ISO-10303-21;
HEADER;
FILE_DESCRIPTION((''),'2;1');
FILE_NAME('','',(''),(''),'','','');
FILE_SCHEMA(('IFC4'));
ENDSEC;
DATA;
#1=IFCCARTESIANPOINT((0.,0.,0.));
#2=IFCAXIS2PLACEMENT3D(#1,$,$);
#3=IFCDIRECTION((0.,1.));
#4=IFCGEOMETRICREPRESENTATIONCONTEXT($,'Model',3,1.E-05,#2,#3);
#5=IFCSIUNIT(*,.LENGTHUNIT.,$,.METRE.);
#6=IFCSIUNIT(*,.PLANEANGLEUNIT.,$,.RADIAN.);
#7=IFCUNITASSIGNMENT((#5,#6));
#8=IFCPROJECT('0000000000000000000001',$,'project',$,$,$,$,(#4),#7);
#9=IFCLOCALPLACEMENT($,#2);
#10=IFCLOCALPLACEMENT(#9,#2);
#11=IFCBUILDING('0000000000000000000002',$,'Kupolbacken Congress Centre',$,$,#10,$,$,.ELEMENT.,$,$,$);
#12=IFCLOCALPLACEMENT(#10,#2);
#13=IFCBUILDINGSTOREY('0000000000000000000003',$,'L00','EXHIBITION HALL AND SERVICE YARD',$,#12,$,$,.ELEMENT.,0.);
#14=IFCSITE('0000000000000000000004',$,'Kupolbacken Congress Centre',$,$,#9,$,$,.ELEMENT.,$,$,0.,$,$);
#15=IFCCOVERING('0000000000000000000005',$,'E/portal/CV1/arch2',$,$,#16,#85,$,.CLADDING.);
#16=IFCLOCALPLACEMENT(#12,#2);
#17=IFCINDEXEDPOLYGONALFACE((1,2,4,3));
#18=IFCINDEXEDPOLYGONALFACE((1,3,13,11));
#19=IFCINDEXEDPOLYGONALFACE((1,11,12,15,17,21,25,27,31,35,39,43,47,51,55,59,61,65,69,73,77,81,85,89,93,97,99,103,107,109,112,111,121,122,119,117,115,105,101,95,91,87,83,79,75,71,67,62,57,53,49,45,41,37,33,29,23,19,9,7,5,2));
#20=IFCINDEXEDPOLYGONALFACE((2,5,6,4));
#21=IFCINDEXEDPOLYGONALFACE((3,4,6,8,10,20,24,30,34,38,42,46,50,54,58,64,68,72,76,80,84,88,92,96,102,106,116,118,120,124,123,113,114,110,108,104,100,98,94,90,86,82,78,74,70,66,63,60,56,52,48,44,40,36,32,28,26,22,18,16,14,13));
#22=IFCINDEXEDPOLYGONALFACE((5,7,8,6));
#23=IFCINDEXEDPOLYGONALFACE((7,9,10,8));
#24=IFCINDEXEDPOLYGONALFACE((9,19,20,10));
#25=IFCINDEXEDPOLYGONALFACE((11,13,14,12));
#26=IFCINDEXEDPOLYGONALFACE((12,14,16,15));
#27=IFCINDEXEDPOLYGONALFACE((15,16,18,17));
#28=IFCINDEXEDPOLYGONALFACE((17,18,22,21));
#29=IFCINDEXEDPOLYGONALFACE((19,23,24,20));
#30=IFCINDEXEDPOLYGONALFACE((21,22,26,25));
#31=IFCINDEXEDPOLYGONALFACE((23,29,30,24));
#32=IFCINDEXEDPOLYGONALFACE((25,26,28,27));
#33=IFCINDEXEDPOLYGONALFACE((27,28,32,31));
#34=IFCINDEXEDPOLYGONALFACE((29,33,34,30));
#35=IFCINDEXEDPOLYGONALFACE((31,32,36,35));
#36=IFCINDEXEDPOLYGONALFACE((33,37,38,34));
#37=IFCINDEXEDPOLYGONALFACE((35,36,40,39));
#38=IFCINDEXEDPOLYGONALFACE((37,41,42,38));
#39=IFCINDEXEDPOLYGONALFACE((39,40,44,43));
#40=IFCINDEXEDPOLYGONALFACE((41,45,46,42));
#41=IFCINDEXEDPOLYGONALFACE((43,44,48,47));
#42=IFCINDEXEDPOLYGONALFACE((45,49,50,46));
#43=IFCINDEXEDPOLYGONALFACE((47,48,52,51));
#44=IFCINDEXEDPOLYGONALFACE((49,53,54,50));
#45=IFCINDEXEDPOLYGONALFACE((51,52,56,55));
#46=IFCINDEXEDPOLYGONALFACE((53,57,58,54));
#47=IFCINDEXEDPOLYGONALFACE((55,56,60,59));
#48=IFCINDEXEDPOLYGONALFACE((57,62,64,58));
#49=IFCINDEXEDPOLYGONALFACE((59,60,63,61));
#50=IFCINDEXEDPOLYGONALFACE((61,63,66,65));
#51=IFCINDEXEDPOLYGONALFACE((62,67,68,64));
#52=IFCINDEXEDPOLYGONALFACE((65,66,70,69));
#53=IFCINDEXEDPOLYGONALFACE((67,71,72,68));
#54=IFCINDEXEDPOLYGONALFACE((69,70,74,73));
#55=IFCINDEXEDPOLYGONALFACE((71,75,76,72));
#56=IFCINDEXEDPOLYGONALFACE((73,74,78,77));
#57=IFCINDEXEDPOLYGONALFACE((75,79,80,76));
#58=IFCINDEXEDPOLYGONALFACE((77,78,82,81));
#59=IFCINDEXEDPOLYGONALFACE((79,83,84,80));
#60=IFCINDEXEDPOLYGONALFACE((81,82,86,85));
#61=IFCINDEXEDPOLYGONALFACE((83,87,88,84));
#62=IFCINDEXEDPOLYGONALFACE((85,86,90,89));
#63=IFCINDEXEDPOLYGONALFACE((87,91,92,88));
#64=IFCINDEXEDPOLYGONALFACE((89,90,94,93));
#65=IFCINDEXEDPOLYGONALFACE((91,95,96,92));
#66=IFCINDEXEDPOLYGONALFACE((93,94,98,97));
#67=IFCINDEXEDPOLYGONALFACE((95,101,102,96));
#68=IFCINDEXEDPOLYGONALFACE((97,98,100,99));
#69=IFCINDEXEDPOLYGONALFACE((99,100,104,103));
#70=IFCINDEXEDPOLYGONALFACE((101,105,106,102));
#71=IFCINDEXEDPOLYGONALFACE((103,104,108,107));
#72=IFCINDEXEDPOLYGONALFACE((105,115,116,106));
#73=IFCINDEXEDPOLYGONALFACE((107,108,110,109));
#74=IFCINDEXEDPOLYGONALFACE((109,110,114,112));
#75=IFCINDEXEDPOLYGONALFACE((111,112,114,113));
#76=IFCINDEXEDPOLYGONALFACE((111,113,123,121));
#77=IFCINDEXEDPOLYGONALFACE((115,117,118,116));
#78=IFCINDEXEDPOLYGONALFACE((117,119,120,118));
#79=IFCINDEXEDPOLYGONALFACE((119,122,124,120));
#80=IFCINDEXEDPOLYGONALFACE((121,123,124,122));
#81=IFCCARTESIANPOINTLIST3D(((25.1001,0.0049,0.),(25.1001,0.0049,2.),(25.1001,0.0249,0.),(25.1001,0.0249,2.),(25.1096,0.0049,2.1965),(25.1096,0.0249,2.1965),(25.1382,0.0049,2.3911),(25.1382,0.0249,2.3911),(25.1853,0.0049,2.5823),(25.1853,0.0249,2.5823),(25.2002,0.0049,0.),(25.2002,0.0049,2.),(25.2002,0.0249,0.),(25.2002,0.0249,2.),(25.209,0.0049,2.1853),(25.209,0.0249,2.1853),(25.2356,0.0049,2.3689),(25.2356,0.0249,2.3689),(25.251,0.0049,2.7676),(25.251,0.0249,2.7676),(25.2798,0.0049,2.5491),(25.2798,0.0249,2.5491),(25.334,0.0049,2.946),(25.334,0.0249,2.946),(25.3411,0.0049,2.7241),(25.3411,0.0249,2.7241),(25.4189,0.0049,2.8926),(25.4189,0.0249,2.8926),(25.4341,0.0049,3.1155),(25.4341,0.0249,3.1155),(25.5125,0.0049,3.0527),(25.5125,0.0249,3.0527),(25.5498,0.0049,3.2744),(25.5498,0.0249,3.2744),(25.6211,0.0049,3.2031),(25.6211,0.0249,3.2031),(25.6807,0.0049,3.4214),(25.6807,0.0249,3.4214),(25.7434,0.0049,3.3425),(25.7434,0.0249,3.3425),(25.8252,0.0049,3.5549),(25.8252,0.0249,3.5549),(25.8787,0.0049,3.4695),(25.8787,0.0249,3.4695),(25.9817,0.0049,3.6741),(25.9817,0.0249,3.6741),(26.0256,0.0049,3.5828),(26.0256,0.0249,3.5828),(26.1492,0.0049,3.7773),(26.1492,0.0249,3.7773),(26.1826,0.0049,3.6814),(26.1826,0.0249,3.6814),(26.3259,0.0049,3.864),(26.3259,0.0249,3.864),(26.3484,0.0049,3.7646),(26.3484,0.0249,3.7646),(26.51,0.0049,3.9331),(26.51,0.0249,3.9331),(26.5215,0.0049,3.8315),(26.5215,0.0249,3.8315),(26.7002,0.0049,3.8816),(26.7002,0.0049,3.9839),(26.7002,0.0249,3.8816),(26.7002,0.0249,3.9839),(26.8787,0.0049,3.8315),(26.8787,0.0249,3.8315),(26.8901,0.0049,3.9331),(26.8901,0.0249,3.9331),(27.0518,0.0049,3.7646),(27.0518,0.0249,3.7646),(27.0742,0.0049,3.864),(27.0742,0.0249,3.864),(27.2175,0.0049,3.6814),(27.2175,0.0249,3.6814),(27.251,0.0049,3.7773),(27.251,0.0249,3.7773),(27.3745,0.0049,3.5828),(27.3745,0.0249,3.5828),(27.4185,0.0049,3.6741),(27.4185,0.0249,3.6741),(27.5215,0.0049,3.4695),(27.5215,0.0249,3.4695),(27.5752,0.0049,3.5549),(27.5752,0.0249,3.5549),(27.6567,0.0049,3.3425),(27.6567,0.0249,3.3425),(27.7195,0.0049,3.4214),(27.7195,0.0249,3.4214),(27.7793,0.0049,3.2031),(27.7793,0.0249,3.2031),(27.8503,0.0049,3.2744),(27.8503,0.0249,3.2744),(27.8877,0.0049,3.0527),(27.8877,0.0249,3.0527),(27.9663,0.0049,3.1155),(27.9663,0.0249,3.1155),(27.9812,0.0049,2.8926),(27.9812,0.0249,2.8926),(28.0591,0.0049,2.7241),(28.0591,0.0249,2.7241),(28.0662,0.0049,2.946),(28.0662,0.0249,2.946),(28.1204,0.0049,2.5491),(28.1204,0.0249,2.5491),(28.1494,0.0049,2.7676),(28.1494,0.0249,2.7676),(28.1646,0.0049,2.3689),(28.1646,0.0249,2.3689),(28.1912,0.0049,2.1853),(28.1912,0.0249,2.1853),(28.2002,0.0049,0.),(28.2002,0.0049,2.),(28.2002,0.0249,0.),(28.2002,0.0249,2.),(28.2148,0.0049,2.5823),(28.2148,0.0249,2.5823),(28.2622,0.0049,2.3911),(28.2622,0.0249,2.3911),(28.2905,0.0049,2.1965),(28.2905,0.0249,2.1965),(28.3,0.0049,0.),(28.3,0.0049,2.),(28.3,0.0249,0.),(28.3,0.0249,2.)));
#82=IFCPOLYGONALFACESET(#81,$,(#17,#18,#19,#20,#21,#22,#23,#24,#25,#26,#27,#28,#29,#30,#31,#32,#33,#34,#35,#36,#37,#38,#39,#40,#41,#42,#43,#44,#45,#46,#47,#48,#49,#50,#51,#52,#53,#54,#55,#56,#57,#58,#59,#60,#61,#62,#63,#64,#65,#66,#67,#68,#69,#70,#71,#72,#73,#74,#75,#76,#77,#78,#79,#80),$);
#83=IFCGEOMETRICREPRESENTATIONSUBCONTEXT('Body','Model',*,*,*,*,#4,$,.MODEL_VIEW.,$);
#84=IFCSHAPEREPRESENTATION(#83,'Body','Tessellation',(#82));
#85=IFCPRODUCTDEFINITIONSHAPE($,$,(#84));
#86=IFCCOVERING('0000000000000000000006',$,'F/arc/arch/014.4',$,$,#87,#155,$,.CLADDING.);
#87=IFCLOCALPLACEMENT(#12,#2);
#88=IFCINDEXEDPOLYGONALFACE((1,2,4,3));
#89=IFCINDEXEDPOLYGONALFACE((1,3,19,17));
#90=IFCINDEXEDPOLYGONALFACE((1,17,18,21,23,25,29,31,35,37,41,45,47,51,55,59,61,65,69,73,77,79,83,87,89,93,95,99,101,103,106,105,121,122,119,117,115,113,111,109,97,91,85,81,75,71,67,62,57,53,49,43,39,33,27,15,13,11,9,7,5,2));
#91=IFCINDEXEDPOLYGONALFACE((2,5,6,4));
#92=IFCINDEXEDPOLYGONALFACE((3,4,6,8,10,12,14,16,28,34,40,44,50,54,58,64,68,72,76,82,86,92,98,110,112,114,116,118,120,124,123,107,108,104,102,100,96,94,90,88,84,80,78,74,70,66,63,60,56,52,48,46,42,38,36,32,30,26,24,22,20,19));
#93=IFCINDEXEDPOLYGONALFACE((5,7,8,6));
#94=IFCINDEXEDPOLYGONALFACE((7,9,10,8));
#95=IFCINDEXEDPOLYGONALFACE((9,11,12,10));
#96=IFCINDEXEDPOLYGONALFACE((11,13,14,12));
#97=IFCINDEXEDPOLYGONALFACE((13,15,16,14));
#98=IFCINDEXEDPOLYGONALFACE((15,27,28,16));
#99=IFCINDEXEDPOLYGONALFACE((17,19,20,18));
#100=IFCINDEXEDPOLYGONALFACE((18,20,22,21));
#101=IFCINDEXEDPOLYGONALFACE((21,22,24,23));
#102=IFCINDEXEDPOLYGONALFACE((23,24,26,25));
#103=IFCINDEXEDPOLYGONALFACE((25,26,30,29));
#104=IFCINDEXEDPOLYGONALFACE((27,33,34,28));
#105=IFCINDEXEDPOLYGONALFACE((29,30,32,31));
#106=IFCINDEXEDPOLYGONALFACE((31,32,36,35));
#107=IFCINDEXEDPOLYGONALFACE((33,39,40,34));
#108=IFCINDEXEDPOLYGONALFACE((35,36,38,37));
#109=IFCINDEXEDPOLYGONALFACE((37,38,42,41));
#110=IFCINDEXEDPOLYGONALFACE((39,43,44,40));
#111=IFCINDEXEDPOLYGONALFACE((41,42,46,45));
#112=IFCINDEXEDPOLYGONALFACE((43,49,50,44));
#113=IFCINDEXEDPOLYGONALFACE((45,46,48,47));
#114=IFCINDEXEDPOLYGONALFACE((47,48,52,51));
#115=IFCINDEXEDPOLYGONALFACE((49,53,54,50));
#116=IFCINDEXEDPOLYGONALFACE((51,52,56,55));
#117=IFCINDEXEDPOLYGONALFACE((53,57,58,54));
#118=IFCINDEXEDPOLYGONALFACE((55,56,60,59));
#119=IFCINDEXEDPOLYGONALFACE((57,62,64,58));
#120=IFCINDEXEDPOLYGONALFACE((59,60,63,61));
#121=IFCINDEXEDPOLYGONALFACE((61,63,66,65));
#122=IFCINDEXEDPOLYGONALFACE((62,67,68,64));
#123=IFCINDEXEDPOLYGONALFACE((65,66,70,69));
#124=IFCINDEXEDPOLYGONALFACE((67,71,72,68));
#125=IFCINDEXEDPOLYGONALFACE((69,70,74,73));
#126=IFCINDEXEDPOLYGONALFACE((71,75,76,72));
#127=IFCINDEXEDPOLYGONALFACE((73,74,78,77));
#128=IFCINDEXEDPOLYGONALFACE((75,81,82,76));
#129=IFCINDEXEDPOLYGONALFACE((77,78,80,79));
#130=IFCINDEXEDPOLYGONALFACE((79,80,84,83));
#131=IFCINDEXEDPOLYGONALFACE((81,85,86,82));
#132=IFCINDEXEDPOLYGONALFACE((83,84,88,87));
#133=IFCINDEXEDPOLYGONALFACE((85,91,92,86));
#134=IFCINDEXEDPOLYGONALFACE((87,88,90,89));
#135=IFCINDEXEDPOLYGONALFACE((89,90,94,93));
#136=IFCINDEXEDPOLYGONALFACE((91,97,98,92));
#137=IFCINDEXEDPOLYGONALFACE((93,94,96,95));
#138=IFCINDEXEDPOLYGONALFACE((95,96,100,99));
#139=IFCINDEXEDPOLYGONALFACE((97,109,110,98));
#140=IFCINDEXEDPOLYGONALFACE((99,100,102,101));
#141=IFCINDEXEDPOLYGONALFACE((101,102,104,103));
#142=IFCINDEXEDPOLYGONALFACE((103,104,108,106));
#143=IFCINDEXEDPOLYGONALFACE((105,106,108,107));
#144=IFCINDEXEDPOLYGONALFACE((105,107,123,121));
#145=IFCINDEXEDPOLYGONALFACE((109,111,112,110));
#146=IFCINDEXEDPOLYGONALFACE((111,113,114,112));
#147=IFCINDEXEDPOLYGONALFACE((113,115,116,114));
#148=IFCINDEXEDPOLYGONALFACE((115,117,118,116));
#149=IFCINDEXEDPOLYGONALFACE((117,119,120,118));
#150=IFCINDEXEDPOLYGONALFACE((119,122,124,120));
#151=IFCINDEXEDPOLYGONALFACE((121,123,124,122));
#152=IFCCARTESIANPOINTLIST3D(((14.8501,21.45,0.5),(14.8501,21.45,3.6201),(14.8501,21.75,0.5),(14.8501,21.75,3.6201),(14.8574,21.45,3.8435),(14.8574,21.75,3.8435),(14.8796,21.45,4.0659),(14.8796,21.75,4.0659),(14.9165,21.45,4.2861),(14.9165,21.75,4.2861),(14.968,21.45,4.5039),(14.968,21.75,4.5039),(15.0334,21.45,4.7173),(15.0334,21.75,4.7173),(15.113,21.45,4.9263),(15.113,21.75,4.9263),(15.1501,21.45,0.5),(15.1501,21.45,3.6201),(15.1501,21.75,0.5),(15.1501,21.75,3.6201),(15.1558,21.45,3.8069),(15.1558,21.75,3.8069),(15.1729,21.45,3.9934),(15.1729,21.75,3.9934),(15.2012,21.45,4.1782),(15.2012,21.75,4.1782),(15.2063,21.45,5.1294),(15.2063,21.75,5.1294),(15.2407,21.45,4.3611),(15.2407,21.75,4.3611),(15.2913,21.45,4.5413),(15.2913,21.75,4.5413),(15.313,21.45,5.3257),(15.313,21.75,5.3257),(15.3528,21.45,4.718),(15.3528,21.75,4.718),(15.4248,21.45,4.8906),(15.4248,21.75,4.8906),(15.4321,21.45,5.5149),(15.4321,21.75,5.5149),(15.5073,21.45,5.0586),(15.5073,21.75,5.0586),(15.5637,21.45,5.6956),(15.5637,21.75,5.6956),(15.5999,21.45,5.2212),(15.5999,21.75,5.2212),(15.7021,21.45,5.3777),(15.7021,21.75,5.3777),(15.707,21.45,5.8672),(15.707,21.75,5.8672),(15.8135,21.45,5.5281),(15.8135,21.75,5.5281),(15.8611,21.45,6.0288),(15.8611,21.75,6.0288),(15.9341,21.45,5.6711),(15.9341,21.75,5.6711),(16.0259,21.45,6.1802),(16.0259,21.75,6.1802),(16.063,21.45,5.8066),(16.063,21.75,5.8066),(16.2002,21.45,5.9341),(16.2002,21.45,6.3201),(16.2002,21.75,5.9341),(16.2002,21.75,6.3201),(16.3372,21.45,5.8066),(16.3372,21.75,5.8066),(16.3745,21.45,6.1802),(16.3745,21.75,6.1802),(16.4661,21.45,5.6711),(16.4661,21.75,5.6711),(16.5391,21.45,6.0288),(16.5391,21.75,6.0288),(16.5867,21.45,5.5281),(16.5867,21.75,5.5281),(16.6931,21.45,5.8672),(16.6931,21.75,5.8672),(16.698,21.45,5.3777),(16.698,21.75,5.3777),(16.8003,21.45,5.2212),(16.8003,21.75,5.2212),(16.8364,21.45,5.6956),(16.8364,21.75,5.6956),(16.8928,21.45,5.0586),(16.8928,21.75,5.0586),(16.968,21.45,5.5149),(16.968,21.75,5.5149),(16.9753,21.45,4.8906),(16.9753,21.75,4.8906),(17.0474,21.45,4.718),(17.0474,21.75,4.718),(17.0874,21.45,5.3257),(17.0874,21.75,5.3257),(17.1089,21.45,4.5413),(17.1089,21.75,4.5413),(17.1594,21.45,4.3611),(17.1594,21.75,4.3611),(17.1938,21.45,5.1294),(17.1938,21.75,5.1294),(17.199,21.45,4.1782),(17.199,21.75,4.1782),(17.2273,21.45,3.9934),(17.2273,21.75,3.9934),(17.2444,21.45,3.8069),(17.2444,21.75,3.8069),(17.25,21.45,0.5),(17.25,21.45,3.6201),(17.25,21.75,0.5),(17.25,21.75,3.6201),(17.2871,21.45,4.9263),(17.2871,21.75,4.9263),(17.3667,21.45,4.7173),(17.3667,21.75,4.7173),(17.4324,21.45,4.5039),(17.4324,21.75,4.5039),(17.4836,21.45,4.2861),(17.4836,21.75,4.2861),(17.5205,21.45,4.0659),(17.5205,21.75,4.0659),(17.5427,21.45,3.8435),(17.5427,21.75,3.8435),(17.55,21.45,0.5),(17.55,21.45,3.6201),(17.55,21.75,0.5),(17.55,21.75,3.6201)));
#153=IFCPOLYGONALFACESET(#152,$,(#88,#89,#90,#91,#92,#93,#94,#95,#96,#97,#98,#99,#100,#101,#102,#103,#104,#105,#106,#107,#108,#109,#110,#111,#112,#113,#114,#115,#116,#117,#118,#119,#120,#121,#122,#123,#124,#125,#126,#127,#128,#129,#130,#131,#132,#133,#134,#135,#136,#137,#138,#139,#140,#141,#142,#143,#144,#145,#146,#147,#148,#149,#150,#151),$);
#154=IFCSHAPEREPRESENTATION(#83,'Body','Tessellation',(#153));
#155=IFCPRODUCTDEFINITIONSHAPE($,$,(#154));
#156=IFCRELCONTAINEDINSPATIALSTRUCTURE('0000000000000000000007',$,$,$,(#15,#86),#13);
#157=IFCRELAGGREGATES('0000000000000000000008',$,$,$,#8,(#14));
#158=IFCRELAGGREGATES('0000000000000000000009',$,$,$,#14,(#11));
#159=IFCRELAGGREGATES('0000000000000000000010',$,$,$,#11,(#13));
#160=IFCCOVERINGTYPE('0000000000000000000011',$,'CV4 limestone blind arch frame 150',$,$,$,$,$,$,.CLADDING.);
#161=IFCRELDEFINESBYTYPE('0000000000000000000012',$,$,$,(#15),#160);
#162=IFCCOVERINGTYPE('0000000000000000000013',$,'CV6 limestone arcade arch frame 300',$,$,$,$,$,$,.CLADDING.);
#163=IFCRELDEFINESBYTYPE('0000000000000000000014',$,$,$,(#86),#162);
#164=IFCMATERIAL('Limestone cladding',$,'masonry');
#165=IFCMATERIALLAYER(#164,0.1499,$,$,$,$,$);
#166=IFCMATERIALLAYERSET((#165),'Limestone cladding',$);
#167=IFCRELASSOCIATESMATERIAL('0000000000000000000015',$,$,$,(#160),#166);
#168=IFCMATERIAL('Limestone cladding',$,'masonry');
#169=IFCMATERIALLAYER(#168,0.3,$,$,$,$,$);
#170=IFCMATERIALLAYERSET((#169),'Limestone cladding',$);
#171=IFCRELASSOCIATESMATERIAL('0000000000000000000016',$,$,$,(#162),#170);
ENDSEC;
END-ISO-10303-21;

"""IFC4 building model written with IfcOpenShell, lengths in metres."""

from ifc_helpers import new_model, si_unit, direction, frame, origin, place, context, subcontext, project, spatial, polyline, outline, extrude, material, layer, layer_set, type_object, element, save


model = new_model("IFC4")

# Units and contexts
model_context = context("Model", 3, precision=1e-05, world=origin(), true_north=direction((0.0, 1.0)))
body_context = subcontext(model_context, "Body", "Model", "MODEL_VIEW")
ifc_project = project(units=[si_unit("LENGTHUNIT", "METRE"), si_unit("PLANEANGLEUNIT", "RADIAN")], contexts=[model_context])

# Site, building, storey
site_placement = place(None, origin())
site = spatial("IfcSite", under=ifc_project, at=site_placement, Name="Kupolbacken Congress Centre", CompositionType="ELEMENT", RefElevation=0.0)
building_placement = place(site_placement, origin())
building = spatial("IfcBuilding", under=site, at=building_placement, Name="Kupolbacken Congress Centre", CompositionType="ELEMENT")
storey_placement = place(building_placement, origin())
storey = spatial("IfcBuildingStorey", under=building, at=storey_placement, Name="L00", Description="EXHIBITION HALL AND SERVICE YARD", CompositionType="ELEMENT", Elevation=0.0)

# Coverings
ifc_material_1 = material(Name="Limestone cladding", Category="masonry")
ifc_layer_1 = layer(ifc_material_1, 0.1499)
ifc_layer_set_1 = layer_set([ifc_layer_1], Name="Limestone cladding")
covering_type_1 = type_object("IfcCoveringType", Name="CV4 limestone blind arch frame 150", PredefinedType="CLADDING", material=ifc_layer_set_1)
covering_1_placement = place(storey_placement, frame((25.1001, 0.0249, 0.0), z_axis=(0.0, -1.0, 0.0), x_axis=(1.0, 0.0, 0.0)))
element("IfcCovering", 1, at=covering_1_placement, inside=storey, type_object=covering_type_1, Name="E/portal/CV1/arch2", PredefinedType="CLADDING", context=body_context, shape_type="SweptSolid", body=[
    extrude(outline(polyline([(0.0, 0.0), (0.0, 2.0), (0.0095, 2.1965), (0.0381, 2.3911), (0.0852, 2.5823), (0.1509, 2.7676), (0.2339, 2.946), (0.334, 3.1155), (0.4497, 3.2744), (0.5806, 3.4214), (0.7251, 3.5549), (0.8816, 3.6741), (1.0491, 3.7773), (1.2258, 3.864), (1.4099, 3.9331), (1.6001, 3.9839), (1.79, 3.9331), (1.9741, 3.864), (2.1509, 3.7773), (2.3184, 3.6741), (2.4751, 3.5549), (2.6194, 3.4214), (2.7502, 3.2744), (2.8662, 3.1155), (2.9661, 2.946), (3.0493, 2.7676), (3.1147, 2.5823), (3.1621, 2.3911), (3.1904, 2.1965), (3.2, 2.0), (3.2, 0.0), (3.1001, 0.0), (3.1001, 2.0), (3.0911, 2.1853), (3.0645, 2.3689), (3.0203, 2.5491), (2.959, 2.7241), (2.8811, 2.8926), (2.7876, 3.0527), (2.6792, 3.2031), (2.5566, 3.3425), (2.4214, 3.4695), (2.2744, 3.5828), (2.1174, 3.6814), (1.9517, 3.7646), (1.7786, 3.8315), (1.6001, 3.8816), (1.4214, 3.8315), (1.2483, 3.7646), (1.0825, 3.6814), (0.9255, 3.5828), (0.7786, 3.4695), (0.6433, 3.3425), (0.521, 3.2031), (0.4124, 3.0527), (0.3188, 2.8926), (0.241, 2.7241), (0.1797, 2.5491), (0.1355, 2.3689), (0.1089, 2.1853), (0.1001, 2.0), (0.1001, 0.0), (0.0, 0.0)])), origin(), (0.0, 0.0, 1.0), 0.02),
])
ifc_material_2 = material(Name="Limestone cladding", Category="masonry")
ifc_layer_2 = layer(ifc_material_2, 0.3)
ifc_layer_set_2 = layer_set([ifc_layer_2], Name="Limestone cladding")
covering_type_2 = type_object("IfcCoveringType", Name="CV6 limestone arcade arch frame 300", PredefinedType="CLADDING", material=ifc_layer_set_2)
covering_2_placement = place(storey_placement, frame((14.8501, 21.45, 0.5), z_axis=(0.0, 1.0, 0.0), x_axis=(-1.0, 0.0, 0.0)))
element("IfcCovering", 2, at=covering_2_placement, inside=storey, type_object=covering_type_2, Name="F/arc/arch/014.4", PredefinedType="CLADDING", context=body_context, shape_type="SweptSolid", body=[
    extrude(outline(polyline([(0.0, 0.0), (0.0, 3.1201), (-0.0073, 3.3435), (-0.0295, 3.5659), (-0.0664, 3.7861), (-0.1179, 4.0039), (-0.1833, 4.2173), (-0.2629, 4.4263), (-0.3562, 4.6294), (-0.4629, 4.8257), (-0.582, 5.0149), (-0.7136, 5.1956), (-0.8569, 5.3672), (-1.011, 5.5288), (-1.1758, 5.6802), (-1.3501, 5.8201), (-1.5244, 5.6802), (-1.689, 5.5288), (-1.843, 5.3672), (-1.9863, 5.1956), (-2.1179, 5.0149), (-2.2373, 4.8257), (-2.3438, 4.6294), (-2.437, 4.4263), (-2.5166, 4.2173), (-2.5823, 4.0039), (-2.6335, 3.7861), (-2.6704, 3.5659), (-2.6926, 3.3435), (-2.7, 3.1201), (-2.7, 0.0), (-2.3999, 0.0), (-2.3999, 3.1201), (-2.3943, 3.3069), (-2.3772, 3.4934), (-2.3489, 3.6782), (-2.3093, 3.8611), (-2.2588, 4.0413), (-2.1973, 4.218), (-2.1252, 4.3906), (-2.0427, 4.5586), (-1.9502, 4.7212), (-1.8479, 4.8777), (-1.7366, 5.0281), (-1.616, 5.1711), (-1.4871, 5.3066), (-1.3501, 5.4341), (-1.2129, 5.3066), (-1.084, 5.1711), (-0.9634, 5.0281), (-0.8521, 4.8777), (-0.7498, 4.7212), (-0.6572, 4.5586), (-0.5747, 4.3906), (-0.5027, 4.218), (-0.4412, 4.0413), (-0.3906, 3.8611), (-0.3511, 3.6782), (-0.3228, 3.4934), (-0.3057, 3.3069), (-0.3, 3.1201), (-0.3, 0.0), (0.0, 0.0)])), origin(), (0.0, 0.0, 1.0), 0.3),
])

save(model, "model.ifc")
